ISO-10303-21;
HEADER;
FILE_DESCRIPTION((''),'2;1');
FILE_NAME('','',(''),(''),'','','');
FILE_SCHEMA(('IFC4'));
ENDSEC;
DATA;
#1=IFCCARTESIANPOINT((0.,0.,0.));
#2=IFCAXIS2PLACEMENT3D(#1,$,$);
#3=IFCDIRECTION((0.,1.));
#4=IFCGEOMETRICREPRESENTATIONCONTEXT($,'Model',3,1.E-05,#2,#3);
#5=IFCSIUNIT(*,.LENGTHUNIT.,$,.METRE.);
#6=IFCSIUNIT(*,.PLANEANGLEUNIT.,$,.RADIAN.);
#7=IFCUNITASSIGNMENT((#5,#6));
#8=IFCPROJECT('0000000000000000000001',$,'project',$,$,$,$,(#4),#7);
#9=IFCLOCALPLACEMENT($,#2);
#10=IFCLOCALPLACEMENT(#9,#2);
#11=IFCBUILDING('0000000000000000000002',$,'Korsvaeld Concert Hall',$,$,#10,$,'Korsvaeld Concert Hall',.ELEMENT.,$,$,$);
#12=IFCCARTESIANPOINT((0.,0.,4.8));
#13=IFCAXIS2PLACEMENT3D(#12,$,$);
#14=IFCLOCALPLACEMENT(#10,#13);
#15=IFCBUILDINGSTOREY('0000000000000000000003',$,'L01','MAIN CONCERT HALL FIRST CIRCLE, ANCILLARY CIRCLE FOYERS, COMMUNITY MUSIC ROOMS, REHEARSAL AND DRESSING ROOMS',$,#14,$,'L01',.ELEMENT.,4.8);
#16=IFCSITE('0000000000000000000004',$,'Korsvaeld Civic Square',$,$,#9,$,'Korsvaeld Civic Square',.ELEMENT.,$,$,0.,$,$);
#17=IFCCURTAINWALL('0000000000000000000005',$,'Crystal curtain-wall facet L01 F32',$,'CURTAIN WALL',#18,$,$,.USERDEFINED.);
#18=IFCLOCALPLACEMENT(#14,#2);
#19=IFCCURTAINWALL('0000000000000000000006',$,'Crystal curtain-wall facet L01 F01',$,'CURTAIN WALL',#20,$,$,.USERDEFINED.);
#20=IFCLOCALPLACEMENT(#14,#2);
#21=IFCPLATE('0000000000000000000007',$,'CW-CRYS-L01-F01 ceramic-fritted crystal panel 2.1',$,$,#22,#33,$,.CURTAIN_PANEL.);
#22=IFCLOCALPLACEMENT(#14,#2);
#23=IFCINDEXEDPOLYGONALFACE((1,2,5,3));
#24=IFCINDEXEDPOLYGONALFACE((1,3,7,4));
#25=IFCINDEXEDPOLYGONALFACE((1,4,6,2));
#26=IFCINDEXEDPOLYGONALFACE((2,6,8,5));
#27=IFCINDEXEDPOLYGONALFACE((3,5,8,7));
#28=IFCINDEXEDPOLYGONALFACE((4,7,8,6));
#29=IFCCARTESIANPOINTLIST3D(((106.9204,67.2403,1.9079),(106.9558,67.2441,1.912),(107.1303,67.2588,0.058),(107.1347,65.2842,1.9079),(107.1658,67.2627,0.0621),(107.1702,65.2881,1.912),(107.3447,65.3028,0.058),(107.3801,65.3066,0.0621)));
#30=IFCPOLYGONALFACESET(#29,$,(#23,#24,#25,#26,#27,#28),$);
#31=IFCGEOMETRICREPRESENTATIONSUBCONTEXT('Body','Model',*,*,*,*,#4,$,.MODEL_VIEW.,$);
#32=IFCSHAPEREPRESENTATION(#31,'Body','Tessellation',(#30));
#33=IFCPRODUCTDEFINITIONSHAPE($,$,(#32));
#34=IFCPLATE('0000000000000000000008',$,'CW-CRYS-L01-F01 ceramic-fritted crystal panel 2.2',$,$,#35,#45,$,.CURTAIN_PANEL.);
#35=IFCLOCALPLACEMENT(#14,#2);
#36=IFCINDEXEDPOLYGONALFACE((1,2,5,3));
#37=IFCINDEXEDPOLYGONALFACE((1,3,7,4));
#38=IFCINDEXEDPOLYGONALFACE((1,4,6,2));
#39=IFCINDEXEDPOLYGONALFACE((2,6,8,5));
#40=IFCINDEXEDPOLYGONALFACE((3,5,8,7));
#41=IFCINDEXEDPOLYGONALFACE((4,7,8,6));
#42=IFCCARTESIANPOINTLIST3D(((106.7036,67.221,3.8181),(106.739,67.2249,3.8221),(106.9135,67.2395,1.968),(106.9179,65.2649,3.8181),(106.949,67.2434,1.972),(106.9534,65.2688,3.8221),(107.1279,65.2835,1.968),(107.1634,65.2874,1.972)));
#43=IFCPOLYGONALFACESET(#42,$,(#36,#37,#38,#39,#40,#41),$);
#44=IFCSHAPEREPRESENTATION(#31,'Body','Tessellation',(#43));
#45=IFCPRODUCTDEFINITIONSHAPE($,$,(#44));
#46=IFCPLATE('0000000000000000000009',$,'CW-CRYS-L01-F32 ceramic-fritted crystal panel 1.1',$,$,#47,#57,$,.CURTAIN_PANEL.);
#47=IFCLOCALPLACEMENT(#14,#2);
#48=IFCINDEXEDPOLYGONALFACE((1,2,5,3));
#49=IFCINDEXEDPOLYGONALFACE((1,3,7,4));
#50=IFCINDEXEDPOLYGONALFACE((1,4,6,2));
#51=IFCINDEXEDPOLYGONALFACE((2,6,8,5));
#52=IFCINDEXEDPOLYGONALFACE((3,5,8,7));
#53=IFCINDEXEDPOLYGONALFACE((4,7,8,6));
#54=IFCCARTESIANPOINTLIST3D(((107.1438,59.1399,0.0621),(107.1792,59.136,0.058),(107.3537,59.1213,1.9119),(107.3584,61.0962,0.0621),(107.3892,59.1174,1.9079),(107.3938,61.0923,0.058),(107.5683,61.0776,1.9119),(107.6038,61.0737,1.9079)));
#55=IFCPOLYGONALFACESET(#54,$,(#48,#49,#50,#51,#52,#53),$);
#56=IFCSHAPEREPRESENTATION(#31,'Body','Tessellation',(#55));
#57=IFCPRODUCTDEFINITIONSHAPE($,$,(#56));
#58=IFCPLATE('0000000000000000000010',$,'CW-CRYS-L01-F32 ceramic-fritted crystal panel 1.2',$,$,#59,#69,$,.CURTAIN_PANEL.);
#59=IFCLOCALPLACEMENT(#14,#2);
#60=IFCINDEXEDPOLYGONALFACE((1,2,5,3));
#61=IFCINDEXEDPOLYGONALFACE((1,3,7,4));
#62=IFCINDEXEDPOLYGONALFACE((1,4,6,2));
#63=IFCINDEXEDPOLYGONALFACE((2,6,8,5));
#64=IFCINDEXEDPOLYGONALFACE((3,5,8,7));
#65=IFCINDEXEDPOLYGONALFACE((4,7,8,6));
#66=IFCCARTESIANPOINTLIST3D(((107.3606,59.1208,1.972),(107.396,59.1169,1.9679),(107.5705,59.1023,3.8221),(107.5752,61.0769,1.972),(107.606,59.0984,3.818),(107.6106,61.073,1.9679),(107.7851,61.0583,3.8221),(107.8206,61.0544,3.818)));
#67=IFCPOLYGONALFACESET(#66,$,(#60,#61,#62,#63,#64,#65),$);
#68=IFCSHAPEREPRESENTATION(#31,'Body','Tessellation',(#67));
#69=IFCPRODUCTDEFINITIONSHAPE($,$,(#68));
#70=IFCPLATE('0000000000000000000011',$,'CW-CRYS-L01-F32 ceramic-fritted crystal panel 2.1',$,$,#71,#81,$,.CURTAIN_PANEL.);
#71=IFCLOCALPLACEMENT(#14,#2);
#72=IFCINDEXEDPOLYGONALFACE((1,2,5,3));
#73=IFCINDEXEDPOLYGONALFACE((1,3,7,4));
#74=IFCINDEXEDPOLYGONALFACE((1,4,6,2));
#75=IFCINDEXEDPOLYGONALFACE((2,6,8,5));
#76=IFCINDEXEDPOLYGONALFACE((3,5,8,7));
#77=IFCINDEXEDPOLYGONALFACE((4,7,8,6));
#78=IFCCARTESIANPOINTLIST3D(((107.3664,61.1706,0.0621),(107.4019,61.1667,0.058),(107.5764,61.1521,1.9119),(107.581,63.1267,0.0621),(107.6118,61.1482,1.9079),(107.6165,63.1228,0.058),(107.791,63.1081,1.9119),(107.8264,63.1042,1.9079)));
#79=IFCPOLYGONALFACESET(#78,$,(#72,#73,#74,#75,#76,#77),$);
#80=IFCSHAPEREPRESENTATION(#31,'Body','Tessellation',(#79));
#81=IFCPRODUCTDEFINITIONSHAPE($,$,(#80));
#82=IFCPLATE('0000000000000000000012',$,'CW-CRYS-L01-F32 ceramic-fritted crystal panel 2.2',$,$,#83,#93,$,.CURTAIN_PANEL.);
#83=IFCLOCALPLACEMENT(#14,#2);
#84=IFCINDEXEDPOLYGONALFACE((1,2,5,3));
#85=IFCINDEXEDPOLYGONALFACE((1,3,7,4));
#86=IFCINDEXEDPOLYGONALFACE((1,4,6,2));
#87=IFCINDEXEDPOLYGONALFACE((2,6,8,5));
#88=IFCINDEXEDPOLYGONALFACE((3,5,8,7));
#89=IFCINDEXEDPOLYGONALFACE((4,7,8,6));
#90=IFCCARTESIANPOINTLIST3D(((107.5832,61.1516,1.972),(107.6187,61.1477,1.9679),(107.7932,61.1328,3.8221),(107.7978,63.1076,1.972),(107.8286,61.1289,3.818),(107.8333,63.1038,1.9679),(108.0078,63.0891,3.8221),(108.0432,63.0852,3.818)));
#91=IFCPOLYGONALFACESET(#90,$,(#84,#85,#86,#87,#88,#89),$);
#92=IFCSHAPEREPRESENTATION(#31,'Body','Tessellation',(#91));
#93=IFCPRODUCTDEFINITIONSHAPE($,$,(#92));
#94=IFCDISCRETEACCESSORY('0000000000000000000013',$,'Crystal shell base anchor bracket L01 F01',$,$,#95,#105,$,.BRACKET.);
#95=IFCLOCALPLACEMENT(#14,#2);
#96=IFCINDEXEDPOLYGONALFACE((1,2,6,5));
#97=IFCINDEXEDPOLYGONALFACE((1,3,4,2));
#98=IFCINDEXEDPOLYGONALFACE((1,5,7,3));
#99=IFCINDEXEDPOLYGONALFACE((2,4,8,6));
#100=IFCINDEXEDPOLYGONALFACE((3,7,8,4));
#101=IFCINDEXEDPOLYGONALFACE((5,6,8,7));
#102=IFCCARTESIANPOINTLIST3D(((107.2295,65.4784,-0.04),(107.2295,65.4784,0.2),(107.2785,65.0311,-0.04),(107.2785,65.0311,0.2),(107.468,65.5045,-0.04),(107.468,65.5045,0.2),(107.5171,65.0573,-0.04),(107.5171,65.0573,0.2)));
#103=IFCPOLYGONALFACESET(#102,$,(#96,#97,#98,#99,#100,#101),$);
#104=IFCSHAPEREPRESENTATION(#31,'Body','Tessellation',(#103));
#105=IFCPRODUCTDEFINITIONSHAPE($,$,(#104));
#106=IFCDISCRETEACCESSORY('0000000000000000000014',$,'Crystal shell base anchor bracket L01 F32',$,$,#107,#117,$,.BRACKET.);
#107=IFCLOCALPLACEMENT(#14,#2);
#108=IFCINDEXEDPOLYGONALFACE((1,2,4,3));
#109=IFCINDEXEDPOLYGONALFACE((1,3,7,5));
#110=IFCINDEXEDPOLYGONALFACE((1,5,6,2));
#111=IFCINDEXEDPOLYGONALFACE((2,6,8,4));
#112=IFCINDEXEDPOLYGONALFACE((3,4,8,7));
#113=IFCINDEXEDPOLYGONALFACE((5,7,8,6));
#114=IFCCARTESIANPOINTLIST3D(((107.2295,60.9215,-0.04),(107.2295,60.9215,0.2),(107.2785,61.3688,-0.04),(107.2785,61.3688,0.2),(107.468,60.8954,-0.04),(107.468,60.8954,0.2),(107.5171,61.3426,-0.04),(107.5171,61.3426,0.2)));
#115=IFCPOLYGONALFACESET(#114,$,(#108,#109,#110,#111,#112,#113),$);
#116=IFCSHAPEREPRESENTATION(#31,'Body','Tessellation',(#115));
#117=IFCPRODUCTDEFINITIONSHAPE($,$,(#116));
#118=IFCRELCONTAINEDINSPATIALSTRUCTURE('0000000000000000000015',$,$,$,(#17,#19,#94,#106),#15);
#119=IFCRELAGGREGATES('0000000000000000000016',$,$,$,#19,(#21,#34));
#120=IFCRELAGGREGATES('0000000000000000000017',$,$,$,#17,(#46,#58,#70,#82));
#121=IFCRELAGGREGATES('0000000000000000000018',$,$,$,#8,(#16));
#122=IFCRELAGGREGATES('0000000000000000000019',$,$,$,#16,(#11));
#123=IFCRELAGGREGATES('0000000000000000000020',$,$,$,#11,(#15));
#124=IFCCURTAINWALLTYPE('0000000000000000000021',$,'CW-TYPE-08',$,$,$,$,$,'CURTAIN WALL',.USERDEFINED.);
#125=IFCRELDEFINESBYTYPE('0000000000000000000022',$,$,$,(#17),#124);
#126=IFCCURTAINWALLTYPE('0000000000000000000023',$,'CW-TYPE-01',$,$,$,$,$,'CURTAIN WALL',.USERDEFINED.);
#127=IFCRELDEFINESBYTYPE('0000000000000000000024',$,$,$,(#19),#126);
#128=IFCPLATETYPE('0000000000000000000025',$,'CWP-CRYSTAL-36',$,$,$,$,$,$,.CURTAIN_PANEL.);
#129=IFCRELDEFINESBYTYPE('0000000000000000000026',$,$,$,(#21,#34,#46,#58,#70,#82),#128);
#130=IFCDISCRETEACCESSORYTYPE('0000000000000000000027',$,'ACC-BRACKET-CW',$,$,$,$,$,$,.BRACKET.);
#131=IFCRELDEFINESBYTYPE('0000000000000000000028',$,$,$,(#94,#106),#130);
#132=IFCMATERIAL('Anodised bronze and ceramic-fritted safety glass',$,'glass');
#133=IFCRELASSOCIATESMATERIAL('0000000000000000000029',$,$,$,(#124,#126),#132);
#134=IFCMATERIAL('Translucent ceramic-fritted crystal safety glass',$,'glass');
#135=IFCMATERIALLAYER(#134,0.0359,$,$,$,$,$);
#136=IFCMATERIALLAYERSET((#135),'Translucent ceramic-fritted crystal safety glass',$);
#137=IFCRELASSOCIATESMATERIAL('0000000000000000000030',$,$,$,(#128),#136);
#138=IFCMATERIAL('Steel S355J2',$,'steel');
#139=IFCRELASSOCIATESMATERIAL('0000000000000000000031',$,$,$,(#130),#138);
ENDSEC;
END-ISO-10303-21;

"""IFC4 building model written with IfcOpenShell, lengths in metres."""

from ifc_helpers import new_model, si_unit, direction, frame, origin, origin_2d, place, context, subcontext, project, spatial, polyline, rectangle, outline, extrude, material, layer, layer_set, type_object, element, aggregate, save


model = new_model("IFC4")

# Units and contexts
model_context = context("Model", 3, precision=1e-05, world=origin(), true_north=direction((0.0, 1.0)))
body_context = subcontext(model_context, "Body", "Model", "MODEL_VIEW")
ifc_project = project(units=[si_unit("LENGTHUNIT", "METRE"), si_unit("PLANEANGLEUNIT", "RADIAN")], contexts=[model_context])

# Site, building, storey
site_placement = place(None, origin())
site = spatial("IfcSite", under=ifc_project, at=site_placement, Name="Korsvaeld Civic Square", LongName="Korsvaeld Civic Square", CompositionType="ELEMENT", RefElevation=0.0)
building_placement = place(site_placement, origin())
building = spatial("IfcBuilding", under=site, at=building_placement, Name="Korsvaeld Concert Hall", LongName="Korsvaeld Concert Hall", CompositionType="ELEMENT")
storey_placement = place(building_placement, frame((0.0, 0.0, 4.8)))
storey = spatial("IfcBuildingStorey", under=building, at=storey_placement, Name="L01", Description="MAIN CONCERT HALL FIRST CIRCLE, ANCILLARY CIRCLE FOYERS, COMMUNITY MUSIC ROOMS, REHEARSAL AND DRESSING ROOMS", LongName="L01", CompositionType="ELEMENT", Elevation=4.8)

# Curtain walls
ifc_material_1 = material(Name="Anodised bronze and ceramic-fritted safety glass", Category="glass")
curtain_wall_type_1 = type_object("IfcCurtainWallType", Name="CW-TYPE-08", ElementType="CURTAIN WALL", PredefinedType="USERDEFINED", material=ifc_material_1)
curtain_wall_1_placement = place(storey_placement, origin())
curtain_wall_1 = element("IfcCurtainWall", 1, at=curtain_wall_1_placement, inside=storey, type_object=curtain_wall_type_1, Name="Crystal curtain-wall facet L01 F32", ObjectType="CURTAIN WALL", PredefinedType="USERDEFINED")
curtain_wall_type_2 = type_object("IfcCurtainWallType", Name="CW-TYPE-01", ElementType="CURTAIN WALL", PredefinedType="USERDEFINED", material=ifc_material_1)
curtain_wall_2_placement = place(storey_placement, origin())
curtain_wall_2 = element("IfcCurtainWall", 2, at=curtain_wall_2_placement, inside=storey, type_object=curtain_wall_type_2, Name="Crystal curtain-wall facet L01 F01", ObjectType="CURTAIN WALL", PredefinedType="USERDEFINED")

# Plates
ifc_material_2 = material(Name="Translucent ceramic-fritted crystal safety glass", Category="glass")
ifc_layer = layer(ifc_material_2, 0.0359)
ifc_layer_set = layer_set([ifc_layer], Name="Translucent ceramic-fritted crystal safety glass")
plate_type = type_object("IfcPlateType", Name="CWP-CRYSTAL-36", PredefinedType="CURTAIN_PANEL", material=ifc_layer_set)
plate_1_placement = place(storey_placement, frame((107.3623, 65.3047, 0.0601), z_axis=(0.987661, 0.108233, 0.113187), x_axis=(-0.108933, 0.994049, 0.0)))
plate_1 = element("IfcPlate", 3, at=plate_1_placement, type_object=plate_type, Name="CW-CRYS-L01-F01 ceramic-fritted crystal panel 2.1", PredefinedType="CURTAIN_PANEL", context=body_context, shape_type="SweptSolid", body=[
    extrude(outline(polyline([(0.0, 0.0), (1.9678, 0.0), (1.9722, 1.8618), (0.0044, 1.8618), (0.0, 0.0)])), frame((0.0, 0.0, 0.0181)), (0.0, 0.0, -1.0), 0.0359),
])
plate_2_placement = place(storey_placement, frame((107.1455, 65.2854, 1.97), z_axis=(0.987663, 0.108234, 0.113172), x_axis=(-0.108933, 0.994049, 0.0)))
plate_2 = element("IfcPlate", 4, at=plate_2_placement, type_object=plate_type, Name="CW-CRYS-L01-F01 ceramic-fritted crystal panel 2.2", PredefinedType="CURTAIN_PANEL", context=body_context, shape_type="SweptSolid", body=[
    extrude(outline(polyline([(0.0, 0.0), (1.9678, 0.0), (1.9722, 1.8621), (0.0044, 1.8621), (0.0, 0.0)])), frame((0.0, 0.0, 0.0181)), (0.0, 0.0, -1.0), 0.0359),
])
aggregate(curtain_wall_2, [plate_1, plate_2])
plate_3_placement = place(storey_placement, frame((107.1614, 59.1379, 0.0601), z_axis=(0.987649, -0.108342, -0.113186), x_axis=(0.109043, 0.994037, 0.0)))
plate_3 = element("IfcPlate", 5, at=plate_3_placement, type_object=plate_type, Name="CW-CRYS-L01-F32 ceramic-fritted crystal panel 1.1", PredefinedType="CURTAIN_PANEL", context=body_context, shape_type="SweptSolid", body=[
    extrude(outline(polyline([(0.0, 0.0), (1.968, 0.0), (1.9725, 1.8618), (0.0045, 1.8618), (0.0, 0.0)])), frame((0.0, 0.0, 0.0181)), (0.0, 0.0, -1.0), 0.0359),
])
plate_4_placement = place(storey_placement, frame((107.3782, 59.1189, 1.97), z_axis=(0.987649, -0.108355, -0.113171), x_axis=(0.109056, 0.994036, 0.0)))
plate_4 = element("IfcPlate", 6, at=plate_4_placement, type_object=plate_type, Name="CW-CRYS-L01-F32 ceramic-fritted crystal panel 1.2", PredefinedType="CURTAIN_PANEL", context=body_context, shape_type="SweptSolid", body=[
    extrude(outline(polyline([(0.0, 0.0), (1.9678, 0.0), (1.9722, 1.8621), (0.0045, 1.8621), (0.0, 0.0)])), frame((0.0, 0.0, 0.0181)), (0.0, 0.0, -1.0), 0.0359),
])
plate_5_placement = place(storey_placement, frame((107.384, 61.1687, 0.0601), z_axis=(0.987648, -0.108355, -0.113186), x_axis=(0.109056, 0.994036, 0.0)))
plate_5 = element("IfcPlate", 7, at=plate_5_placement, type_object=plate_type, Name="CW-CRYS-L01-F32 ceramic-fritted crystal panel 2.1", PredefinedType="CURTAIN_PANEL", context=body_context, shape_type="SweptSolid", body=[
    extrude(outline(polyline([(0.0, 0.0), (1.9678, 0.0), (1.9722, 1.8618), (0.0045, 1.8618), (0.0, 0.0)])), frame((0.0, 0.0, 0.0181)), (0.0, 0.0, -1.0), 0.0359),
])
plate_6_placement = place(storey_placement, frame((107.6008, 61.1497, 1.97), z_axis=(0.987649, -0.108349, -0.113179), x_axis=(0.109049, 0.994036, 0.000001)))
plate_6 = element("IfcPlate", 8, at=plate_6_placement, type_object=plate_type, Name="CW-CRYS-L01-F32 ceramic-fritted crystal panel 2.2", PredefinedType="CURTAIN_PANEL", context=body_context, shape_type="SweptSolid", body=[
    extrude(outline(polyline([(0.0, 0.0), (1.9678, 0.0), (1.9722, 1.8621), (0.0042, 1.8621), (0.0, 0.0)])), frame((0.0, 0.0, 0.0181)), (0.0, 0.0, -1.0), 0.0359),
])
aggregate(curtain_wall_1, [plate_3, plate_4, plate_5, plate_6])

# Discrete accessories
ifc_material_3 = material(Name="Steel S355J2", Category="steel")
discrete_accessory_type = type_object("IfcDiscreteAccessoryType", Name="ACC-BRACKET-CW", PredefinedType="BRACKET", material=ifc_material_3)
for number, where, z_axis, x_axis, name in (
    (9, (107.3733, 65.2678, -0.04), (0.0, 0.0, 1.0), (-0.10904, 0.994037, 0.0), "Crystal shell base anchor bracket L01 F01"),
    (10, (107.3733, 61.1321, -0.04), (0.0, 0.0, 1.0), (0.10904, 0.994037, 0.0), "Crystal shell base anchor bracket L01 F32"),
):
    element("IfcDiscreteAccessory", number, at=place(storey_placement, frame(where, z_axis=z_axis, x_axis=x_axis)), inside=storey, type_object=discrete_accessory_type, Name=name, PredefinedType="BRACKET", context=body_context, shape_type="SweptSolid", body=[
        extrude(rectangle(XDim=0.45, YDim=0.24, at=origin_2d()), origin(), (0.0, 0.0, 1.0), 0.24),
    ])

save(model, "model.ifc")
